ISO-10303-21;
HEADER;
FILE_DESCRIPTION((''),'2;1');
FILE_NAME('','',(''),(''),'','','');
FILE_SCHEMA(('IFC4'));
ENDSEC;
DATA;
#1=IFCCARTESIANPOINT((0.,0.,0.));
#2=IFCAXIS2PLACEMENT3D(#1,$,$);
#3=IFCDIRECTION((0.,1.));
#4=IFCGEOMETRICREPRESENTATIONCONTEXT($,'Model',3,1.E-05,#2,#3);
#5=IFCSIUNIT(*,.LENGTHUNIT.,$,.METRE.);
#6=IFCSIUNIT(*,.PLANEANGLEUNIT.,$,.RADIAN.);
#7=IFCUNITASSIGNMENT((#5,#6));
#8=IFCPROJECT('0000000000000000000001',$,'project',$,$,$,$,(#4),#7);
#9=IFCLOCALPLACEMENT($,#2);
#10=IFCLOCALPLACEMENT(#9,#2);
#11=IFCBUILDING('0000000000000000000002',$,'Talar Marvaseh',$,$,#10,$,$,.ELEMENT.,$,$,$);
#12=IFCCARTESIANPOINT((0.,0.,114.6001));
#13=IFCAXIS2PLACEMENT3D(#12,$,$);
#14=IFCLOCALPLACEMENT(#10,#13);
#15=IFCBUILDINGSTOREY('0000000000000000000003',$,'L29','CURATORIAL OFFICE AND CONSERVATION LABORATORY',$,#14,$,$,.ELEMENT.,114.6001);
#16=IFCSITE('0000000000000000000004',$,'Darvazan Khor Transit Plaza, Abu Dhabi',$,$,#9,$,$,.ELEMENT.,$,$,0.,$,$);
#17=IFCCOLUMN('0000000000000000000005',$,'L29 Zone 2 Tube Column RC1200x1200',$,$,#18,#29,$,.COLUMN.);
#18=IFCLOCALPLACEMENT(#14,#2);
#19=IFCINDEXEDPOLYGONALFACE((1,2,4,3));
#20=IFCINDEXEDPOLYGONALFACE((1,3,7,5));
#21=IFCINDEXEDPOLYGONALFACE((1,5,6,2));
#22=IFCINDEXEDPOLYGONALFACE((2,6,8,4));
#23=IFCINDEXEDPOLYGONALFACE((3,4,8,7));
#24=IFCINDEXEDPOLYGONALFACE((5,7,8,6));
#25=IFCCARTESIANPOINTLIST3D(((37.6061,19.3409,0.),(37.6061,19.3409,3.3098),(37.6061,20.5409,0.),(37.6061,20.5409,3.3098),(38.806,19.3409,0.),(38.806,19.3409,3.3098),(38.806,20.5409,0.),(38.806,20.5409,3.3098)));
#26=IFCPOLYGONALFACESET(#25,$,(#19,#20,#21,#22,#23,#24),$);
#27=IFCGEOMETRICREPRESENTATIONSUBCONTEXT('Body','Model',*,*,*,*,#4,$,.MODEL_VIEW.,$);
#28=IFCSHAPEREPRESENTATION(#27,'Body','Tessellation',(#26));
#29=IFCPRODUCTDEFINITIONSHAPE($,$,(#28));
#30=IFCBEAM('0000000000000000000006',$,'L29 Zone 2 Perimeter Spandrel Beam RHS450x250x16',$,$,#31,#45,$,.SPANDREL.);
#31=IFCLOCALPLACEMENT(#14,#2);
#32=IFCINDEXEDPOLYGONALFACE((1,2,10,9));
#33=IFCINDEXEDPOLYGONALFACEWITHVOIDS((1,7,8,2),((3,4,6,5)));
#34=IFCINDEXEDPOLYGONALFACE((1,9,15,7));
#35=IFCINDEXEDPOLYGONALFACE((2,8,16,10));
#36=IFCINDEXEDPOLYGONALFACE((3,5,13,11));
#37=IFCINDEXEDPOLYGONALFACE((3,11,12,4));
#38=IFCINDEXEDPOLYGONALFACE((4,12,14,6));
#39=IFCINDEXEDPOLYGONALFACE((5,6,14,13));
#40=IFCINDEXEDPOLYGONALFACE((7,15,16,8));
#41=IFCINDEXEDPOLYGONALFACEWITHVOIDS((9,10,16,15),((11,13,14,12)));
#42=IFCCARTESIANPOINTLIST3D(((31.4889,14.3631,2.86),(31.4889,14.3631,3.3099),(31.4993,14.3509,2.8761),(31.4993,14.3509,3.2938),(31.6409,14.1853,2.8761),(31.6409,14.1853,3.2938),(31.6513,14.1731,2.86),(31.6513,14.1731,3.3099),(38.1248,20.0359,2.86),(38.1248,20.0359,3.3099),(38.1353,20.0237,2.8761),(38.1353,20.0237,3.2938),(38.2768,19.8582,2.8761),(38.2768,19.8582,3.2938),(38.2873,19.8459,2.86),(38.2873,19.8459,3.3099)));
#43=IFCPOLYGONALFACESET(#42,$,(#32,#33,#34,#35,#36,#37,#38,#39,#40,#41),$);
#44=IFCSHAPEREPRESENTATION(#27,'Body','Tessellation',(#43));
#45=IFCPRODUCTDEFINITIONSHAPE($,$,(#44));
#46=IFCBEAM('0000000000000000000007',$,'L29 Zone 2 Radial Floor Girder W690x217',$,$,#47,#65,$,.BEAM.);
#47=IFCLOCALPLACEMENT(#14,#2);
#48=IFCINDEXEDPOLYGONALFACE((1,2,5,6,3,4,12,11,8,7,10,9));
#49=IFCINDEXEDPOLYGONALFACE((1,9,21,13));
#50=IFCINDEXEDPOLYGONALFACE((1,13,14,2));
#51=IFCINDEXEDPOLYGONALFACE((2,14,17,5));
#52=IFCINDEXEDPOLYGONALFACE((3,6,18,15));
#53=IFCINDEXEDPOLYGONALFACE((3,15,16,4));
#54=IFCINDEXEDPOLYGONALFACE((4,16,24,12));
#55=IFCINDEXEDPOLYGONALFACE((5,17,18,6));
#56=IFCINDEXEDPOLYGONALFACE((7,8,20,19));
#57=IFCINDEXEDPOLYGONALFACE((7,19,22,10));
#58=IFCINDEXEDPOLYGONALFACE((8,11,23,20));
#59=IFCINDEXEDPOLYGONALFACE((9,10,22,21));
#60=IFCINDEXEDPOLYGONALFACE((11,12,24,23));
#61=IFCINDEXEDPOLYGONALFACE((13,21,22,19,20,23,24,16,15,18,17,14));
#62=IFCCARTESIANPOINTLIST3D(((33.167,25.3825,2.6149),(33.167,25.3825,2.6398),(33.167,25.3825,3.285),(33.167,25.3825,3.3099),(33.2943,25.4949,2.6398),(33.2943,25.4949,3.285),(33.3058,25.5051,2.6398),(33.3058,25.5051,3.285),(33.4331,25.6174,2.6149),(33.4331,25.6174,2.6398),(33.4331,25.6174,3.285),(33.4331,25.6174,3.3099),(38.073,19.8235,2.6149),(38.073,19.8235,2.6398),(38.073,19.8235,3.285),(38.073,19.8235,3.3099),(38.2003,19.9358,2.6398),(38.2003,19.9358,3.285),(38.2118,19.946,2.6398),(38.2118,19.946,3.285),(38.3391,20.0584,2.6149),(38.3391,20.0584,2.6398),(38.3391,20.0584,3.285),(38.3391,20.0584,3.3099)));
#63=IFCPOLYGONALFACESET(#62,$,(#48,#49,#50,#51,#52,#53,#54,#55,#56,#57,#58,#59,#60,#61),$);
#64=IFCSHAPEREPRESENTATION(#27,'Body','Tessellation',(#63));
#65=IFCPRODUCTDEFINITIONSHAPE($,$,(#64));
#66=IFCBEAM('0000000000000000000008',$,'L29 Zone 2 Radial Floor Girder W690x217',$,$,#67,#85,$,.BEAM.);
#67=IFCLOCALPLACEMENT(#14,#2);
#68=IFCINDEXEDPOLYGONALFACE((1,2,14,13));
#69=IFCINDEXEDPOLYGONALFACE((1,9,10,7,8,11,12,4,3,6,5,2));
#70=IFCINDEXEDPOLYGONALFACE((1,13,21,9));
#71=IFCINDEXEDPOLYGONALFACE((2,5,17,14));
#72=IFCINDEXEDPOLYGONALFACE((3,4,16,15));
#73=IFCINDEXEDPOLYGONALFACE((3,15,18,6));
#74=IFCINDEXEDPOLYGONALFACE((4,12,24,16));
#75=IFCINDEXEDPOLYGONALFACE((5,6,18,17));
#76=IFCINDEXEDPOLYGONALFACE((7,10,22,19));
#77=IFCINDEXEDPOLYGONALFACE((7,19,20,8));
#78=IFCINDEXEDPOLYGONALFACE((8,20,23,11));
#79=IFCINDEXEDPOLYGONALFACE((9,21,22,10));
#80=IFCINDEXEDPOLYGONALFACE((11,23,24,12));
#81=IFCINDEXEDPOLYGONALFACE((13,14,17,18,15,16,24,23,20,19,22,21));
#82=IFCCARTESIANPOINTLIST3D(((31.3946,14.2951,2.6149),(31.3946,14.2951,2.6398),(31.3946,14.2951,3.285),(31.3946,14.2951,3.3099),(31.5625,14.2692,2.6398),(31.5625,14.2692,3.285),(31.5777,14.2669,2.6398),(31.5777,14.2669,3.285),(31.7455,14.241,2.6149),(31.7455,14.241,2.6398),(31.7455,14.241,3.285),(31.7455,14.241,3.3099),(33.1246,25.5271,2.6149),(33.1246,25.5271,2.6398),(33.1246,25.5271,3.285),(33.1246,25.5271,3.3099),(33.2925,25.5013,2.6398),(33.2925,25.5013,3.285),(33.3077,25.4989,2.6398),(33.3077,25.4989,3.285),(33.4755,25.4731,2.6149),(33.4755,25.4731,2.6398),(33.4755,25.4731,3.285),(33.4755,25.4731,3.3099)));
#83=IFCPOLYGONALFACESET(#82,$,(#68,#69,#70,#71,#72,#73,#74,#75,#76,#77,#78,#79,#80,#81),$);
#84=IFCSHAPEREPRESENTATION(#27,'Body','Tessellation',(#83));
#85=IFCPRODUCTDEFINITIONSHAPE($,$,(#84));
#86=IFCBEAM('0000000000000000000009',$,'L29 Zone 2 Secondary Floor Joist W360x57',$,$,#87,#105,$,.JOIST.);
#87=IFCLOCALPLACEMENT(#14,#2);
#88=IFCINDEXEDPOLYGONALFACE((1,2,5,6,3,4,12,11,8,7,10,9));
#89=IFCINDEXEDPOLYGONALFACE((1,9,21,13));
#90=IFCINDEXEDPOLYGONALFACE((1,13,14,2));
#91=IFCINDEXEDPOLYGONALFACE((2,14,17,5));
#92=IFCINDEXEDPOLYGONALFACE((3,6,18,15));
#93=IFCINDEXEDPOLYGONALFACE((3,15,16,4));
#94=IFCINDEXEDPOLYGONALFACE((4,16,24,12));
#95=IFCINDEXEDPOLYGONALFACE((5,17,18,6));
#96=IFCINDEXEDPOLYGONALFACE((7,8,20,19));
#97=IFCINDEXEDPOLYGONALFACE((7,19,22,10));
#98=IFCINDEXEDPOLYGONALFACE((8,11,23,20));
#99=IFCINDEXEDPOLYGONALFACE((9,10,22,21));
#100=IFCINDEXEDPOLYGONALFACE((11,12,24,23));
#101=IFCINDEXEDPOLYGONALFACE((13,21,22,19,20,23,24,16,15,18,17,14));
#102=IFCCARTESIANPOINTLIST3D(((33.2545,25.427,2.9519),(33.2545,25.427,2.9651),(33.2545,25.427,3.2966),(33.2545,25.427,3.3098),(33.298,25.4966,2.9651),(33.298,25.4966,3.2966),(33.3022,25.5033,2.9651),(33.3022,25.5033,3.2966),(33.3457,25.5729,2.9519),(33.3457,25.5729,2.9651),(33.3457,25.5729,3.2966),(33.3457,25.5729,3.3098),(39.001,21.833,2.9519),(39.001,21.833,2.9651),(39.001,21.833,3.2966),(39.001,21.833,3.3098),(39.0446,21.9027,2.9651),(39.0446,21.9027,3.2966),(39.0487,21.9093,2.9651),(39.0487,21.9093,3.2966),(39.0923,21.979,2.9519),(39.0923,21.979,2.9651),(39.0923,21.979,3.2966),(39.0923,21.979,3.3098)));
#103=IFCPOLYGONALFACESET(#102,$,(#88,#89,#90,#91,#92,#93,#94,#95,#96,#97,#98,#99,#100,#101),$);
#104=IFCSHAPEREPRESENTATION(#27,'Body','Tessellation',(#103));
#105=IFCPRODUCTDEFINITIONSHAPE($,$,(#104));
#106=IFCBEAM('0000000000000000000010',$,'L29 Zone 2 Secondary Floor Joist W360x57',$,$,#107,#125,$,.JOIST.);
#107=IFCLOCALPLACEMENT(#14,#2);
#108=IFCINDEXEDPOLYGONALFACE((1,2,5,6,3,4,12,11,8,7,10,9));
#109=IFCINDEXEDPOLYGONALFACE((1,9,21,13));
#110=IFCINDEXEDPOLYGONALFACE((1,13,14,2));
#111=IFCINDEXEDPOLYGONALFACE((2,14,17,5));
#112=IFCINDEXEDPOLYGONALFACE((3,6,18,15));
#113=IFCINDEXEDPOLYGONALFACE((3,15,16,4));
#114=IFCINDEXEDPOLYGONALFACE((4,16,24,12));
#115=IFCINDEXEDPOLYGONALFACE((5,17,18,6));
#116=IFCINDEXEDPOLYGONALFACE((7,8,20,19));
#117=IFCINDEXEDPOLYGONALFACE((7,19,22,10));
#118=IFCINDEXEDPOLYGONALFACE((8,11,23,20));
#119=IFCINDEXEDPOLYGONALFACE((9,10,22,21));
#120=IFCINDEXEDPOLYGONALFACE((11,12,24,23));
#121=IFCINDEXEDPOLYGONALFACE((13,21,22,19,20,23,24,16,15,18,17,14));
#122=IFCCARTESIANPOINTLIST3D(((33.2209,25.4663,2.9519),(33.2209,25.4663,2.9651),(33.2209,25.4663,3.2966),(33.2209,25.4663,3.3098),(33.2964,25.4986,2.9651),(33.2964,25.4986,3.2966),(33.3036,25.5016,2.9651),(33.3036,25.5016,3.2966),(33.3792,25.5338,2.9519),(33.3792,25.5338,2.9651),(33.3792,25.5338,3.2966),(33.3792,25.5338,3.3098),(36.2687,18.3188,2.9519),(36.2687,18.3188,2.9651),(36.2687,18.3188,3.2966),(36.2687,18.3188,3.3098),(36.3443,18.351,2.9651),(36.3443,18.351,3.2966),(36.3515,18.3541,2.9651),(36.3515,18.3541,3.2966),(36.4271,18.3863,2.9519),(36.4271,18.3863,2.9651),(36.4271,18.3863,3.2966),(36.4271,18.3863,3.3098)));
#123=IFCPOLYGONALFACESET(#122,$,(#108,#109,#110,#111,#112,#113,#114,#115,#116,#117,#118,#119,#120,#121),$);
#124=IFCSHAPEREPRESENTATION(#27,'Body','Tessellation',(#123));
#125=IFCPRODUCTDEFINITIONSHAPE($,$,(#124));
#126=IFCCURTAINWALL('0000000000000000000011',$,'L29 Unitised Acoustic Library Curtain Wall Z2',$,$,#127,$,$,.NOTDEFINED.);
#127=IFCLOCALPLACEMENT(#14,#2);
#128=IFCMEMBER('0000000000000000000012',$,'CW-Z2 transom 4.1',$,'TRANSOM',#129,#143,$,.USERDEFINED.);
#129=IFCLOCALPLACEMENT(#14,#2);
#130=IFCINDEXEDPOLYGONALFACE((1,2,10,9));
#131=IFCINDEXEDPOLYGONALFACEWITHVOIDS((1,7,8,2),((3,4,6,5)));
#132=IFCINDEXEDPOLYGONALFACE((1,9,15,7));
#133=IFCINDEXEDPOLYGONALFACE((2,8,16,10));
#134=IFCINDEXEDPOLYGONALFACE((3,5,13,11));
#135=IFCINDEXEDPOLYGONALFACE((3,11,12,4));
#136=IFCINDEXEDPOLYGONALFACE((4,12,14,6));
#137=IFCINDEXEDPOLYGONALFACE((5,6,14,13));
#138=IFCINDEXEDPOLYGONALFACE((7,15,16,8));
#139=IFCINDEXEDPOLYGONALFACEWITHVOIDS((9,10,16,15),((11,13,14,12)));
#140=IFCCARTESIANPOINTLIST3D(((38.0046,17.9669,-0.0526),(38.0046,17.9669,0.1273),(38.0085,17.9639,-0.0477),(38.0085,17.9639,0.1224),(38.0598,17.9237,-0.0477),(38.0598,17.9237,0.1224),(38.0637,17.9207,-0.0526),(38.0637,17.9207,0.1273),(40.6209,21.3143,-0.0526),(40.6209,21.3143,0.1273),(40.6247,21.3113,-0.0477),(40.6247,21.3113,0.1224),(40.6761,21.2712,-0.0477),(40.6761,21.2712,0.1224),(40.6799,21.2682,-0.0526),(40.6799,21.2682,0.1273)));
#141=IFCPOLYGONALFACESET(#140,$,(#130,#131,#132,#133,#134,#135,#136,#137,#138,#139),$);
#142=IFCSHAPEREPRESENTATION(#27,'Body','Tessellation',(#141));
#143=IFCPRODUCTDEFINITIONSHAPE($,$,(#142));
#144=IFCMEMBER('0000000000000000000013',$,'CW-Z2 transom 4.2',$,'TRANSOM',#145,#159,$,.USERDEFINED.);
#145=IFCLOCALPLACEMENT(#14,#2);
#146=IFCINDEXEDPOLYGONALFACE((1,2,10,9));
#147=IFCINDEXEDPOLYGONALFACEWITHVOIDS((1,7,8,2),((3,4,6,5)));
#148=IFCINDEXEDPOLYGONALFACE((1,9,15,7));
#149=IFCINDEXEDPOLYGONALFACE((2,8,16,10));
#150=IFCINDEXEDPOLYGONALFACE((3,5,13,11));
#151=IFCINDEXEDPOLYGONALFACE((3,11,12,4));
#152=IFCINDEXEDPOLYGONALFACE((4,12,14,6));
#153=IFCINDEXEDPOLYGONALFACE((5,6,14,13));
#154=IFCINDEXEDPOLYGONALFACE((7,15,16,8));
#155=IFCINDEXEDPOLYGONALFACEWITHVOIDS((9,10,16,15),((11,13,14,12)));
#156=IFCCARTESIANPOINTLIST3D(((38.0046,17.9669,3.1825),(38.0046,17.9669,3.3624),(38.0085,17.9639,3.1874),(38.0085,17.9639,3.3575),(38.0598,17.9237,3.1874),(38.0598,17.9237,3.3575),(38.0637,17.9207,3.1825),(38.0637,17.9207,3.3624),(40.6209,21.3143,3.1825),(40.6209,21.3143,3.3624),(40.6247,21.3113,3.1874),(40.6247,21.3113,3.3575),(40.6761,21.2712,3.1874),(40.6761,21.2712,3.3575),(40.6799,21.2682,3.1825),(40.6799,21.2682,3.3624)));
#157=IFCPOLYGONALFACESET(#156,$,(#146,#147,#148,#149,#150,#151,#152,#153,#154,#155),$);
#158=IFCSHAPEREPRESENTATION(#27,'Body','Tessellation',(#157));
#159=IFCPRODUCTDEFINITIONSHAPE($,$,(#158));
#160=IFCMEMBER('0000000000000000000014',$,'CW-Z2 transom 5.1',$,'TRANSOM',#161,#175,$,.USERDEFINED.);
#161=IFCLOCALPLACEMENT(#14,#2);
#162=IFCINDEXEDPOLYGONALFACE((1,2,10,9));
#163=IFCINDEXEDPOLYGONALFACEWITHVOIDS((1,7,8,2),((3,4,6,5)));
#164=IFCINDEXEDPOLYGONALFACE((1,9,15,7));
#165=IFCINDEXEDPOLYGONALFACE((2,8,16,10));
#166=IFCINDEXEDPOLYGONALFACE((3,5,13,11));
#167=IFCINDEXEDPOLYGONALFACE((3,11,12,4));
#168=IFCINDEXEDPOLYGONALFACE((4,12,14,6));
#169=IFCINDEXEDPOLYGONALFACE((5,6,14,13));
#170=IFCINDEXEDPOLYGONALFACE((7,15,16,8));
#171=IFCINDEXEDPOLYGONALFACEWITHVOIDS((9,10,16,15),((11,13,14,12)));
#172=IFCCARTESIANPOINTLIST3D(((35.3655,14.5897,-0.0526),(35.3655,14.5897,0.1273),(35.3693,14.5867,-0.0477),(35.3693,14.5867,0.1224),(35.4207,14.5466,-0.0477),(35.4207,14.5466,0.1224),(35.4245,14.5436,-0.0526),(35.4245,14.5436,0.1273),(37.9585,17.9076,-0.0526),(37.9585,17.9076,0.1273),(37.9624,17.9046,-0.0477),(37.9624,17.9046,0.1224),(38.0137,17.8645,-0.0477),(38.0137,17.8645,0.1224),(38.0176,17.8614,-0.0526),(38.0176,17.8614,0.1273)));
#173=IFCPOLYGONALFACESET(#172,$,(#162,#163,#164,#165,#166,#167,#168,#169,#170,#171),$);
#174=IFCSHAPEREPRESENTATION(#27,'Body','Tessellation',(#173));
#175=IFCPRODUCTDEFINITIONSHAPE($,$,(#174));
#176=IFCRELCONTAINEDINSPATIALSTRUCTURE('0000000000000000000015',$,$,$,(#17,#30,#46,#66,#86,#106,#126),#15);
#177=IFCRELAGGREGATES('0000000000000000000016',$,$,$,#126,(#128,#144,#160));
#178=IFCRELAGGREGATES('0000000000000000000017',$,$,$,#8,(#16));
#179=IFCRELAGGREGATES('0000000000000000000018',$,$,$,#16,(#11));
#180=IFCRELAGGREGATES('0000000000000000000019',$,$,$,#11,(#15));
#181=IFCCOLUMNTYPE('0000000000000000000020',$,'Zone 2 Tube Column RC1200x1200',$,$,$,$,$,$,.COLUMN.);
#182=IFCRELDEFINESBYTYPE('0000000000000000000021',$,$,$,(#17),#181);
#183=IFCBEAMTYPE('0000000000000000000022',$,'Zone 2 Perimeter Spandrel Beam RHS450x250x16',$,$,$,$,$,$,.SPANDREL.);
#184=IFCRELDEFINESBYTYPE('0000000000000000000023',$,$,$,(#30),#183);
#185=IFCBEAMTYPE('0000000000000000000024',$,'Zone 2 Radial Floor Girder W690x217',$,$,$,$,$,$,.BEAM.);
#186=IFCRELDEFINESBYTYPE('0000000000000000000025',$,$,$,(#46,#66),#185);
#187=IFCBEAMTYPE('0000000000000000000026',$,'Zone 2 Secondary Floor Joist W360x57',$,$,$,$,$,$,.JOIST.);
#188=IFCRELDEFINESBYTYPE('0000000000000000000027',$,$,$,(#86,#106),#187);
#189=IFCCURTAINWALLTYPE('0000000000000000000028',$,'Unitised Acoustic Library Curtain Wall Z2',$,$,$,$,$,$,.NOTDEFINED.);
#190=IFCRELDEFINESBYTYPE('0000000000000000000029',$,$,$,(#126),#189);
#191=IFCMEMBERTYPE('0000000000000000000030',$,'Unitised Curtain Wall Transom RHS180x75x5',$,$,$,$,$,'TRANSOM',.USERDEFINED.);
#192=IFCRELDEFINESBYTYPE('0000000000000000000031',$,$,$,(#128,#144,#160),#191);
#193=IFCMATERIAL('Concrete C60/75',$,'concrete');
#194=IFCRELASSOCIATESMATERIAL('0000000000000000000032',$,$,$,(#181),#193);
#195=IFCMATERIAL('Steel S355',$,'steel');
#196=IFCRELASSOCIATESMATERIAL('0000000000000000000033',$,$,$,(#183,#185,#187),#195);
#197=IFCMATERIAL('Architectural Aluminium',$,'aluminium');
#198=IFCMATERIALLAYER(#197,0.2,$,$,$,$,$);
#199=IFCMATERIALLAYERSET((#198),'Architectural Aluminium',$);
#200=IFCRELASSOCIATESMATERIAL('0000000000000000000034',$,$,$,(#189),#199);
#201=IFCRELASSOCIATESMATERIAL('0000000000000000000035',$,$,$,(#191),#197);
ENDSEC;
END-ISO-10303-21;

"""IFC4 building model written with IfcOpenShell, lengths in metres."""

from ifc_helpers import new_model, si_unit, direction, frame, origin, origin_2d, place, context, subcontext, project, spatial, rectangle, hollow_rectangle, i_section, extrude, source, transform, mapped, material, layer, layer_set, material_profile, profile_set, type_object, type_shapes, element, aggregate, save


model = new_model("IFC4")

# Units and contexts
model_context = context("Model", 3, precision=1e-05, world=origin(), true_north=direction((0.0, 1.0)))
body_context = subcontext(model_context, "Body", "Model", "MODEL_VIEW")
ifc_project = project(units=[si_unit("LENGTHUNIT", "METRE"), si_unit("PLANEANGLEUNIT", "RADIAN")], contexts=[model_context])

# Site, building, storey
site_placement = place(None, origin())
site = spatial("IfcSite", under=ifc_project, at=site_placement, Name="Darvazan Khor Transit Plaza, Abu Dhabi", CompositionType="ELEMENT", RefElevation=0.0)
building_placement = place(site_placement, origin())
building = spatial("IfcBuilding", under=site, at=building_placement, Name="Talar Marvaseh", CompositionType="ELEMENT")
storey_placement = place(building_placement, frame((0.0, 0.0, 114.6001)))
storey = spatial("IfcBuildingStorey", under=building, at=storey_placement, Name="L29", Description="CURATORIAL OFFICE AND CONSERVATION LABORATORY", CompositionType="ELEMENT", Elevation=114.6001)

# Column
ifc_material_1 = material(Name="Concrete C60/75", Category="concrete")
ifc_material_profile_1 = material_profile(ifc_material_1, rectangle(XDim=1.2, YDim=1.2, at=origin_2d()), Name="RC1200x1200")
ifc_profile_set_1 = profile_set([ifc_material_profile_1], Name="Concrete C60/75")
column_type = type_object("IfcColumnType", Name="Zone 2 Tube Column RC1200x1200", PredefinedType="COLUMN", material=ifc_profile_set_1)
column_placement = place(storey_placement, frame((38.2061, 19.9409, 0.0), z_axis=(0.0, 0.0, 1.0), x_axis=(1.0, 0.0, 0.0)))
element("IfcColumn", 1, at=column_placement, inside=storey, type_object=column_type, Name="L29 Zone 2 Tube Column RC1200x1200", PredefinedType="COLUMN", context=body_context, shape_type="SweptSolid", body=[
    extrude(rectangle(XDim=1.2, YDim=1.2, at=origin_2d()), origin(), (0.0, 0.0, 1.0), 3.3098),
])

# Beams
ifc_material_2 = material(Name="Steel S355", Category="steel")
ifc_material_profile_2 = material_profile(ifc_material_2, hollow_rectangle(XDim=0.25, YDim=0.45, WallThickness=0.0161, at=origin_2d()), Name="RHS450x250x16")
ifc_profile_set_2 = profile_set([ifc_material_profile_2], Name="Steel S355")
beam_type_1 = type_object("IfcBeamType", Name="Zone 2 Perimeter Spandrel Beam RHS450x250x16", PredefinedType="SPANDREL", material=ifc_profile_set_2)
beam_1_placement = place(storey_placement, frame((38.2061, 19.9409, 3.085), z_axis=(-0.760113, -0.649791, 0.0), x_axis=(0.649791, -0.760113, 0.0)))
element("IfcBeam", 2, at=beam_1_placement, inside=storey, type_object=beam_type_1, Name="L29 Zone 2 Perimeter Spandrel Beam RHS450x250x16", PredefinedType="SPANDREL", context=body_context, shape_type="SweptSolid", body=[
    extrude(hollow_rectangle(XDim=0.25, YDim=0.45, WallThickness=0.0161, at=origin_2d()), origin(), (0.0, 0.0, 1.0), 8.7302),
])
ifc_material_profile_3 = material_profile(ifc_material_2, i_section(OverallWidth=0.355, OverallDepth=0.6951, WebThickness=0.0154, FlangeThickness=0.0249, at=origin_2d()), Name="W690x217")
ifc_profile_set_3 = profile_set([ifc_material_profile_3], Name="Steel S355")
beam_type_2 = type_object("IfcBeamType", Name="Zone 2 Radial Floor Girder W690x217", PredefinedType="BEAM", material=ifc_profile_set_3)
beam_2_placement = place(storey_placement, frame((38.2061, 19.9409, 2.9624), z_axis=(-0.661692, 0.749775, 0.0), x_axis=(-0.749775, -0.661692, 0.0)))
element("IfcBeam", 3, at=beam_2_placement, inside=storey, type_object=beam_type_2, Name="L29 Zone 2 Radial Floor Girder W690x217", PredefinedType="BEAM", context=body_context, shape_type="SweptSolid", body=[
    extrude(i_section(OverallWidth=0.355, OverallDepth=0.6951, WebThickness=0.0154, FlangeThickness=0.0249, at=origin_2d()), origin(), (0.0, 0.0, 1.0), 7.4143),
])
beam_3_placement = place(storey_placement, frame((31.5701, 14.2681, 2.9624), z_axis=(0.152228, 0.988345, 0.0), x_axis=(-0.988345, 0.152228, 0.0)))
element("IfcBeam", 4, at=beam_3_placement, inside=storey, type_object=beam_type_2, Name="L29 Zone 2 Radial Floor Girder W690x217", PredefinedType="BEAM", context=body_context, shape_type="SweptSolid", body=[
    extrude(i_section(OverallWidth=0.355, OverallDepth=0.6951, WebThickness=0.0154, FlangeThickness=0.0249, at=origin_2d()), origin(), (0.0, 0.0, 1.0), 11.3645),
])
ifc_material_profile_4 = material_profile(ifc_material_2, i_section(OverallWidth=0.1721, OverallDepth=0.3579, WebThickness=0.0078, FlangeThickness=0.0132, at=origin_2d()), Name="W360x57")
ifc_profile_set_4 = profile_set([ifc_material_profile_4], Name="Steel S355")
beam_type_3 = type_object("IfcBeamType", Name="Zone 2 Secondary Floor Joist W360x57", PredefinedType="JOIST", material=ifc_profile_set_4)
beam_4_placement = place(storey_placement, frame((39.0466, 21.906, 3.1309), z_axis=(-0.84784, 0.530251, 0.0), x_axis=(-0.530251, -0.84784, 0.0)))
element("IfcBeam", 5, at=beam_4_placement, inside=storey, type_object=beam_type_3, Name="L29 Zone 2 Secondary Floor Joist W360x57", PredefinedType="JOIST", context=body_context, shape_type="SweptSolid", body=[
    extrude(i_section(OverallWidth=0.1721, OverallDepth=0.3579, WebThickness=0.0078, FlangeThickness=0.0132, at=origin_2d()), origin(), (0.0, 0.0, 1.0), 6.7778),
])
beam_5_placement = place(storey_placement, frame((36.3479, 18.3525, 3.1309), z_axis=(-0.39225, 0.919859, 0.0), x_axis=(-0.919859, -0.39225, 0.0)))
element("IfcBeam", 6, at=beam_5_placement, inside=storey, type_object=beam_type_3, Name="L29 Zone 2 Secondary Floor Joist W360x57", PredefinedType="JOIST", context=body_context, shape_type="SweptSolid", body=[
    extrude(i_section(OverallWidth=0.1721, OverallDepth=0.3579, WebThickness=0.0078, FlangeThickness=0.0132, at=origin_2d()), origin(), (0.0, 0.0, 1.0), 7.7703),
])

# Curtain wall, members
ifc_material_3 = material(Name="Architectural Aluminium", Category="aluminium")
ifc_layer_1 = layer(ifc_material_3, 0.2)
ifc_layer_set_1 = layer_set([ifc_layer_1], Name="Architectural Aluminium")
curtain_wall_type = type_object("IfcCurtainWallType", Name="Unitised Acoustic Library Curtain Wall Z2", PredefinedType="NOTDEFINED", material=ifc_layer_set_1)
curtain_wall_1_placement = place(storey_placement, origin())
curtain_wall_1 = element("IfcCurtainWall", 7, at=curtain_wall_1_placement, inside=storey, type_object=curtain_wall_type, Name="L29 Unitised Acoustic Library Curtain Wall Z2", PredefinedType="NOTDEFINED")
ifc_material_profile_5 = material_profile(ifc_material_3, hollow_rectangle(XDim=0.075, YDim=0.1799, WallThickness=0.0049, at=origin_2d()), Name="RHS180x75x5")
ifc_profile_set_5 = profile_set([ifc_material_profile_5], Name="Architectural Aluminium")
member_type_1 = type_object("IfcMemberType", Name="Unitised Curtain Wall Transom RHS180x75x5", ElementType="TRANSOM", PredefinedType="USERDEFINED", material=ifc_profile_set_5)
shared_shape_1 = source(origin(), body_context, "Body", "SweptSolid", [
    extrude(hollow_rectangle(XDim=0.075, YDim=0.1799, WallThickness=0.0049, at=origin_2d()), origin(), (0.0, 0.0, 1.0), 4.2485),
])
member_1_placement = place(storey_placement, frame((40.6504, 21.2913, 0.0374), z_axis=(-0.615797, -0.787905, 0.0), x_axis=(0.787905, -0.615797, 0.0)))
member_1 = element("IfcMember", 8, at=member_1_placement, type_object=member_type_1, Name="CW-Z2 transom 4.1", ObjectType="TRANSOM", PredefinedType="USERDEFINED", context=body_context, shape_type="MappedRepresentation", body=[
    mapped(shared_shape_1, transform((0.0, 0.0, 0.0), x_axis=(1.0, 0.0, 0.0), y_axis=(0.0, 1.0, 0.0), z_axis=(0.0, 0.0, 1.0), scale=1.0)),
])
member_2_placement = place(storey_placement, frame((40.6504, 21.2913, 3.2725), z_axis=(-0.615797, -0.787905, 0.0), x_axis=(0.787905, -0.615797, 0.0)))
member_2 = element("IfcMember", 9, at=member_2_placement, type_object=member_type_1, Name="CW-Z2 transom 4.2", ObjectType="TRANSOM", PredefinedType="USERDEFINED", context=body_context, shape_type="MappedRepresentation", body=[
    mapped(shared_shape_1, transform((0.0, 0.0, 0.0), x_axis=(1.0, 0.0, 0.0), y_axis=(0.0, 1.0, 0.0), z_axis=(0.0, 0.0, 1.0), scale=1.0)),
])
shared_shape_2 = source(origin(), body_context, "Body", "SweptSolid", [
    extrude(hollow_rectangle(XDim=0.075, YDim=0.1799, WallThickness=0.0049, at=origin_2d()), origin(), (0.0, 0.0, 1.0), 4.2109),
])
type_shapes(member_type_1, [shared_shape_1, shared_shape_2])
member_3_placement = place(storey_placement, frame((37.988, 17.8845, 0.0374), z_axis=(-0.615781, -0.787917, 0.0), x_axis=(0.787917, -0.615781, 0.0)))
member_3 = element("IfcMember", 10, at=member_3_placement, type_object=member_type_1, Name="CW-Z2 transom 5.1", ObjectType="TRANSOM", PredefinedType="USERDEFINED", context=body_context, shape_type="MappedRepresentation", body=[
    mapped(shared_shape_2, transform((0.0, 0.0, 0.0), x_axis=(1.0, 0.0, 0.0), y_axis=(0.0, 1.0, 0.0), z_axis=(0.0, 0.0, 1.0), scale=1.0)),
])

aggregate(curtain_wall_1, [member_1, member_2, member_3])

save(model, "model.ifc")
